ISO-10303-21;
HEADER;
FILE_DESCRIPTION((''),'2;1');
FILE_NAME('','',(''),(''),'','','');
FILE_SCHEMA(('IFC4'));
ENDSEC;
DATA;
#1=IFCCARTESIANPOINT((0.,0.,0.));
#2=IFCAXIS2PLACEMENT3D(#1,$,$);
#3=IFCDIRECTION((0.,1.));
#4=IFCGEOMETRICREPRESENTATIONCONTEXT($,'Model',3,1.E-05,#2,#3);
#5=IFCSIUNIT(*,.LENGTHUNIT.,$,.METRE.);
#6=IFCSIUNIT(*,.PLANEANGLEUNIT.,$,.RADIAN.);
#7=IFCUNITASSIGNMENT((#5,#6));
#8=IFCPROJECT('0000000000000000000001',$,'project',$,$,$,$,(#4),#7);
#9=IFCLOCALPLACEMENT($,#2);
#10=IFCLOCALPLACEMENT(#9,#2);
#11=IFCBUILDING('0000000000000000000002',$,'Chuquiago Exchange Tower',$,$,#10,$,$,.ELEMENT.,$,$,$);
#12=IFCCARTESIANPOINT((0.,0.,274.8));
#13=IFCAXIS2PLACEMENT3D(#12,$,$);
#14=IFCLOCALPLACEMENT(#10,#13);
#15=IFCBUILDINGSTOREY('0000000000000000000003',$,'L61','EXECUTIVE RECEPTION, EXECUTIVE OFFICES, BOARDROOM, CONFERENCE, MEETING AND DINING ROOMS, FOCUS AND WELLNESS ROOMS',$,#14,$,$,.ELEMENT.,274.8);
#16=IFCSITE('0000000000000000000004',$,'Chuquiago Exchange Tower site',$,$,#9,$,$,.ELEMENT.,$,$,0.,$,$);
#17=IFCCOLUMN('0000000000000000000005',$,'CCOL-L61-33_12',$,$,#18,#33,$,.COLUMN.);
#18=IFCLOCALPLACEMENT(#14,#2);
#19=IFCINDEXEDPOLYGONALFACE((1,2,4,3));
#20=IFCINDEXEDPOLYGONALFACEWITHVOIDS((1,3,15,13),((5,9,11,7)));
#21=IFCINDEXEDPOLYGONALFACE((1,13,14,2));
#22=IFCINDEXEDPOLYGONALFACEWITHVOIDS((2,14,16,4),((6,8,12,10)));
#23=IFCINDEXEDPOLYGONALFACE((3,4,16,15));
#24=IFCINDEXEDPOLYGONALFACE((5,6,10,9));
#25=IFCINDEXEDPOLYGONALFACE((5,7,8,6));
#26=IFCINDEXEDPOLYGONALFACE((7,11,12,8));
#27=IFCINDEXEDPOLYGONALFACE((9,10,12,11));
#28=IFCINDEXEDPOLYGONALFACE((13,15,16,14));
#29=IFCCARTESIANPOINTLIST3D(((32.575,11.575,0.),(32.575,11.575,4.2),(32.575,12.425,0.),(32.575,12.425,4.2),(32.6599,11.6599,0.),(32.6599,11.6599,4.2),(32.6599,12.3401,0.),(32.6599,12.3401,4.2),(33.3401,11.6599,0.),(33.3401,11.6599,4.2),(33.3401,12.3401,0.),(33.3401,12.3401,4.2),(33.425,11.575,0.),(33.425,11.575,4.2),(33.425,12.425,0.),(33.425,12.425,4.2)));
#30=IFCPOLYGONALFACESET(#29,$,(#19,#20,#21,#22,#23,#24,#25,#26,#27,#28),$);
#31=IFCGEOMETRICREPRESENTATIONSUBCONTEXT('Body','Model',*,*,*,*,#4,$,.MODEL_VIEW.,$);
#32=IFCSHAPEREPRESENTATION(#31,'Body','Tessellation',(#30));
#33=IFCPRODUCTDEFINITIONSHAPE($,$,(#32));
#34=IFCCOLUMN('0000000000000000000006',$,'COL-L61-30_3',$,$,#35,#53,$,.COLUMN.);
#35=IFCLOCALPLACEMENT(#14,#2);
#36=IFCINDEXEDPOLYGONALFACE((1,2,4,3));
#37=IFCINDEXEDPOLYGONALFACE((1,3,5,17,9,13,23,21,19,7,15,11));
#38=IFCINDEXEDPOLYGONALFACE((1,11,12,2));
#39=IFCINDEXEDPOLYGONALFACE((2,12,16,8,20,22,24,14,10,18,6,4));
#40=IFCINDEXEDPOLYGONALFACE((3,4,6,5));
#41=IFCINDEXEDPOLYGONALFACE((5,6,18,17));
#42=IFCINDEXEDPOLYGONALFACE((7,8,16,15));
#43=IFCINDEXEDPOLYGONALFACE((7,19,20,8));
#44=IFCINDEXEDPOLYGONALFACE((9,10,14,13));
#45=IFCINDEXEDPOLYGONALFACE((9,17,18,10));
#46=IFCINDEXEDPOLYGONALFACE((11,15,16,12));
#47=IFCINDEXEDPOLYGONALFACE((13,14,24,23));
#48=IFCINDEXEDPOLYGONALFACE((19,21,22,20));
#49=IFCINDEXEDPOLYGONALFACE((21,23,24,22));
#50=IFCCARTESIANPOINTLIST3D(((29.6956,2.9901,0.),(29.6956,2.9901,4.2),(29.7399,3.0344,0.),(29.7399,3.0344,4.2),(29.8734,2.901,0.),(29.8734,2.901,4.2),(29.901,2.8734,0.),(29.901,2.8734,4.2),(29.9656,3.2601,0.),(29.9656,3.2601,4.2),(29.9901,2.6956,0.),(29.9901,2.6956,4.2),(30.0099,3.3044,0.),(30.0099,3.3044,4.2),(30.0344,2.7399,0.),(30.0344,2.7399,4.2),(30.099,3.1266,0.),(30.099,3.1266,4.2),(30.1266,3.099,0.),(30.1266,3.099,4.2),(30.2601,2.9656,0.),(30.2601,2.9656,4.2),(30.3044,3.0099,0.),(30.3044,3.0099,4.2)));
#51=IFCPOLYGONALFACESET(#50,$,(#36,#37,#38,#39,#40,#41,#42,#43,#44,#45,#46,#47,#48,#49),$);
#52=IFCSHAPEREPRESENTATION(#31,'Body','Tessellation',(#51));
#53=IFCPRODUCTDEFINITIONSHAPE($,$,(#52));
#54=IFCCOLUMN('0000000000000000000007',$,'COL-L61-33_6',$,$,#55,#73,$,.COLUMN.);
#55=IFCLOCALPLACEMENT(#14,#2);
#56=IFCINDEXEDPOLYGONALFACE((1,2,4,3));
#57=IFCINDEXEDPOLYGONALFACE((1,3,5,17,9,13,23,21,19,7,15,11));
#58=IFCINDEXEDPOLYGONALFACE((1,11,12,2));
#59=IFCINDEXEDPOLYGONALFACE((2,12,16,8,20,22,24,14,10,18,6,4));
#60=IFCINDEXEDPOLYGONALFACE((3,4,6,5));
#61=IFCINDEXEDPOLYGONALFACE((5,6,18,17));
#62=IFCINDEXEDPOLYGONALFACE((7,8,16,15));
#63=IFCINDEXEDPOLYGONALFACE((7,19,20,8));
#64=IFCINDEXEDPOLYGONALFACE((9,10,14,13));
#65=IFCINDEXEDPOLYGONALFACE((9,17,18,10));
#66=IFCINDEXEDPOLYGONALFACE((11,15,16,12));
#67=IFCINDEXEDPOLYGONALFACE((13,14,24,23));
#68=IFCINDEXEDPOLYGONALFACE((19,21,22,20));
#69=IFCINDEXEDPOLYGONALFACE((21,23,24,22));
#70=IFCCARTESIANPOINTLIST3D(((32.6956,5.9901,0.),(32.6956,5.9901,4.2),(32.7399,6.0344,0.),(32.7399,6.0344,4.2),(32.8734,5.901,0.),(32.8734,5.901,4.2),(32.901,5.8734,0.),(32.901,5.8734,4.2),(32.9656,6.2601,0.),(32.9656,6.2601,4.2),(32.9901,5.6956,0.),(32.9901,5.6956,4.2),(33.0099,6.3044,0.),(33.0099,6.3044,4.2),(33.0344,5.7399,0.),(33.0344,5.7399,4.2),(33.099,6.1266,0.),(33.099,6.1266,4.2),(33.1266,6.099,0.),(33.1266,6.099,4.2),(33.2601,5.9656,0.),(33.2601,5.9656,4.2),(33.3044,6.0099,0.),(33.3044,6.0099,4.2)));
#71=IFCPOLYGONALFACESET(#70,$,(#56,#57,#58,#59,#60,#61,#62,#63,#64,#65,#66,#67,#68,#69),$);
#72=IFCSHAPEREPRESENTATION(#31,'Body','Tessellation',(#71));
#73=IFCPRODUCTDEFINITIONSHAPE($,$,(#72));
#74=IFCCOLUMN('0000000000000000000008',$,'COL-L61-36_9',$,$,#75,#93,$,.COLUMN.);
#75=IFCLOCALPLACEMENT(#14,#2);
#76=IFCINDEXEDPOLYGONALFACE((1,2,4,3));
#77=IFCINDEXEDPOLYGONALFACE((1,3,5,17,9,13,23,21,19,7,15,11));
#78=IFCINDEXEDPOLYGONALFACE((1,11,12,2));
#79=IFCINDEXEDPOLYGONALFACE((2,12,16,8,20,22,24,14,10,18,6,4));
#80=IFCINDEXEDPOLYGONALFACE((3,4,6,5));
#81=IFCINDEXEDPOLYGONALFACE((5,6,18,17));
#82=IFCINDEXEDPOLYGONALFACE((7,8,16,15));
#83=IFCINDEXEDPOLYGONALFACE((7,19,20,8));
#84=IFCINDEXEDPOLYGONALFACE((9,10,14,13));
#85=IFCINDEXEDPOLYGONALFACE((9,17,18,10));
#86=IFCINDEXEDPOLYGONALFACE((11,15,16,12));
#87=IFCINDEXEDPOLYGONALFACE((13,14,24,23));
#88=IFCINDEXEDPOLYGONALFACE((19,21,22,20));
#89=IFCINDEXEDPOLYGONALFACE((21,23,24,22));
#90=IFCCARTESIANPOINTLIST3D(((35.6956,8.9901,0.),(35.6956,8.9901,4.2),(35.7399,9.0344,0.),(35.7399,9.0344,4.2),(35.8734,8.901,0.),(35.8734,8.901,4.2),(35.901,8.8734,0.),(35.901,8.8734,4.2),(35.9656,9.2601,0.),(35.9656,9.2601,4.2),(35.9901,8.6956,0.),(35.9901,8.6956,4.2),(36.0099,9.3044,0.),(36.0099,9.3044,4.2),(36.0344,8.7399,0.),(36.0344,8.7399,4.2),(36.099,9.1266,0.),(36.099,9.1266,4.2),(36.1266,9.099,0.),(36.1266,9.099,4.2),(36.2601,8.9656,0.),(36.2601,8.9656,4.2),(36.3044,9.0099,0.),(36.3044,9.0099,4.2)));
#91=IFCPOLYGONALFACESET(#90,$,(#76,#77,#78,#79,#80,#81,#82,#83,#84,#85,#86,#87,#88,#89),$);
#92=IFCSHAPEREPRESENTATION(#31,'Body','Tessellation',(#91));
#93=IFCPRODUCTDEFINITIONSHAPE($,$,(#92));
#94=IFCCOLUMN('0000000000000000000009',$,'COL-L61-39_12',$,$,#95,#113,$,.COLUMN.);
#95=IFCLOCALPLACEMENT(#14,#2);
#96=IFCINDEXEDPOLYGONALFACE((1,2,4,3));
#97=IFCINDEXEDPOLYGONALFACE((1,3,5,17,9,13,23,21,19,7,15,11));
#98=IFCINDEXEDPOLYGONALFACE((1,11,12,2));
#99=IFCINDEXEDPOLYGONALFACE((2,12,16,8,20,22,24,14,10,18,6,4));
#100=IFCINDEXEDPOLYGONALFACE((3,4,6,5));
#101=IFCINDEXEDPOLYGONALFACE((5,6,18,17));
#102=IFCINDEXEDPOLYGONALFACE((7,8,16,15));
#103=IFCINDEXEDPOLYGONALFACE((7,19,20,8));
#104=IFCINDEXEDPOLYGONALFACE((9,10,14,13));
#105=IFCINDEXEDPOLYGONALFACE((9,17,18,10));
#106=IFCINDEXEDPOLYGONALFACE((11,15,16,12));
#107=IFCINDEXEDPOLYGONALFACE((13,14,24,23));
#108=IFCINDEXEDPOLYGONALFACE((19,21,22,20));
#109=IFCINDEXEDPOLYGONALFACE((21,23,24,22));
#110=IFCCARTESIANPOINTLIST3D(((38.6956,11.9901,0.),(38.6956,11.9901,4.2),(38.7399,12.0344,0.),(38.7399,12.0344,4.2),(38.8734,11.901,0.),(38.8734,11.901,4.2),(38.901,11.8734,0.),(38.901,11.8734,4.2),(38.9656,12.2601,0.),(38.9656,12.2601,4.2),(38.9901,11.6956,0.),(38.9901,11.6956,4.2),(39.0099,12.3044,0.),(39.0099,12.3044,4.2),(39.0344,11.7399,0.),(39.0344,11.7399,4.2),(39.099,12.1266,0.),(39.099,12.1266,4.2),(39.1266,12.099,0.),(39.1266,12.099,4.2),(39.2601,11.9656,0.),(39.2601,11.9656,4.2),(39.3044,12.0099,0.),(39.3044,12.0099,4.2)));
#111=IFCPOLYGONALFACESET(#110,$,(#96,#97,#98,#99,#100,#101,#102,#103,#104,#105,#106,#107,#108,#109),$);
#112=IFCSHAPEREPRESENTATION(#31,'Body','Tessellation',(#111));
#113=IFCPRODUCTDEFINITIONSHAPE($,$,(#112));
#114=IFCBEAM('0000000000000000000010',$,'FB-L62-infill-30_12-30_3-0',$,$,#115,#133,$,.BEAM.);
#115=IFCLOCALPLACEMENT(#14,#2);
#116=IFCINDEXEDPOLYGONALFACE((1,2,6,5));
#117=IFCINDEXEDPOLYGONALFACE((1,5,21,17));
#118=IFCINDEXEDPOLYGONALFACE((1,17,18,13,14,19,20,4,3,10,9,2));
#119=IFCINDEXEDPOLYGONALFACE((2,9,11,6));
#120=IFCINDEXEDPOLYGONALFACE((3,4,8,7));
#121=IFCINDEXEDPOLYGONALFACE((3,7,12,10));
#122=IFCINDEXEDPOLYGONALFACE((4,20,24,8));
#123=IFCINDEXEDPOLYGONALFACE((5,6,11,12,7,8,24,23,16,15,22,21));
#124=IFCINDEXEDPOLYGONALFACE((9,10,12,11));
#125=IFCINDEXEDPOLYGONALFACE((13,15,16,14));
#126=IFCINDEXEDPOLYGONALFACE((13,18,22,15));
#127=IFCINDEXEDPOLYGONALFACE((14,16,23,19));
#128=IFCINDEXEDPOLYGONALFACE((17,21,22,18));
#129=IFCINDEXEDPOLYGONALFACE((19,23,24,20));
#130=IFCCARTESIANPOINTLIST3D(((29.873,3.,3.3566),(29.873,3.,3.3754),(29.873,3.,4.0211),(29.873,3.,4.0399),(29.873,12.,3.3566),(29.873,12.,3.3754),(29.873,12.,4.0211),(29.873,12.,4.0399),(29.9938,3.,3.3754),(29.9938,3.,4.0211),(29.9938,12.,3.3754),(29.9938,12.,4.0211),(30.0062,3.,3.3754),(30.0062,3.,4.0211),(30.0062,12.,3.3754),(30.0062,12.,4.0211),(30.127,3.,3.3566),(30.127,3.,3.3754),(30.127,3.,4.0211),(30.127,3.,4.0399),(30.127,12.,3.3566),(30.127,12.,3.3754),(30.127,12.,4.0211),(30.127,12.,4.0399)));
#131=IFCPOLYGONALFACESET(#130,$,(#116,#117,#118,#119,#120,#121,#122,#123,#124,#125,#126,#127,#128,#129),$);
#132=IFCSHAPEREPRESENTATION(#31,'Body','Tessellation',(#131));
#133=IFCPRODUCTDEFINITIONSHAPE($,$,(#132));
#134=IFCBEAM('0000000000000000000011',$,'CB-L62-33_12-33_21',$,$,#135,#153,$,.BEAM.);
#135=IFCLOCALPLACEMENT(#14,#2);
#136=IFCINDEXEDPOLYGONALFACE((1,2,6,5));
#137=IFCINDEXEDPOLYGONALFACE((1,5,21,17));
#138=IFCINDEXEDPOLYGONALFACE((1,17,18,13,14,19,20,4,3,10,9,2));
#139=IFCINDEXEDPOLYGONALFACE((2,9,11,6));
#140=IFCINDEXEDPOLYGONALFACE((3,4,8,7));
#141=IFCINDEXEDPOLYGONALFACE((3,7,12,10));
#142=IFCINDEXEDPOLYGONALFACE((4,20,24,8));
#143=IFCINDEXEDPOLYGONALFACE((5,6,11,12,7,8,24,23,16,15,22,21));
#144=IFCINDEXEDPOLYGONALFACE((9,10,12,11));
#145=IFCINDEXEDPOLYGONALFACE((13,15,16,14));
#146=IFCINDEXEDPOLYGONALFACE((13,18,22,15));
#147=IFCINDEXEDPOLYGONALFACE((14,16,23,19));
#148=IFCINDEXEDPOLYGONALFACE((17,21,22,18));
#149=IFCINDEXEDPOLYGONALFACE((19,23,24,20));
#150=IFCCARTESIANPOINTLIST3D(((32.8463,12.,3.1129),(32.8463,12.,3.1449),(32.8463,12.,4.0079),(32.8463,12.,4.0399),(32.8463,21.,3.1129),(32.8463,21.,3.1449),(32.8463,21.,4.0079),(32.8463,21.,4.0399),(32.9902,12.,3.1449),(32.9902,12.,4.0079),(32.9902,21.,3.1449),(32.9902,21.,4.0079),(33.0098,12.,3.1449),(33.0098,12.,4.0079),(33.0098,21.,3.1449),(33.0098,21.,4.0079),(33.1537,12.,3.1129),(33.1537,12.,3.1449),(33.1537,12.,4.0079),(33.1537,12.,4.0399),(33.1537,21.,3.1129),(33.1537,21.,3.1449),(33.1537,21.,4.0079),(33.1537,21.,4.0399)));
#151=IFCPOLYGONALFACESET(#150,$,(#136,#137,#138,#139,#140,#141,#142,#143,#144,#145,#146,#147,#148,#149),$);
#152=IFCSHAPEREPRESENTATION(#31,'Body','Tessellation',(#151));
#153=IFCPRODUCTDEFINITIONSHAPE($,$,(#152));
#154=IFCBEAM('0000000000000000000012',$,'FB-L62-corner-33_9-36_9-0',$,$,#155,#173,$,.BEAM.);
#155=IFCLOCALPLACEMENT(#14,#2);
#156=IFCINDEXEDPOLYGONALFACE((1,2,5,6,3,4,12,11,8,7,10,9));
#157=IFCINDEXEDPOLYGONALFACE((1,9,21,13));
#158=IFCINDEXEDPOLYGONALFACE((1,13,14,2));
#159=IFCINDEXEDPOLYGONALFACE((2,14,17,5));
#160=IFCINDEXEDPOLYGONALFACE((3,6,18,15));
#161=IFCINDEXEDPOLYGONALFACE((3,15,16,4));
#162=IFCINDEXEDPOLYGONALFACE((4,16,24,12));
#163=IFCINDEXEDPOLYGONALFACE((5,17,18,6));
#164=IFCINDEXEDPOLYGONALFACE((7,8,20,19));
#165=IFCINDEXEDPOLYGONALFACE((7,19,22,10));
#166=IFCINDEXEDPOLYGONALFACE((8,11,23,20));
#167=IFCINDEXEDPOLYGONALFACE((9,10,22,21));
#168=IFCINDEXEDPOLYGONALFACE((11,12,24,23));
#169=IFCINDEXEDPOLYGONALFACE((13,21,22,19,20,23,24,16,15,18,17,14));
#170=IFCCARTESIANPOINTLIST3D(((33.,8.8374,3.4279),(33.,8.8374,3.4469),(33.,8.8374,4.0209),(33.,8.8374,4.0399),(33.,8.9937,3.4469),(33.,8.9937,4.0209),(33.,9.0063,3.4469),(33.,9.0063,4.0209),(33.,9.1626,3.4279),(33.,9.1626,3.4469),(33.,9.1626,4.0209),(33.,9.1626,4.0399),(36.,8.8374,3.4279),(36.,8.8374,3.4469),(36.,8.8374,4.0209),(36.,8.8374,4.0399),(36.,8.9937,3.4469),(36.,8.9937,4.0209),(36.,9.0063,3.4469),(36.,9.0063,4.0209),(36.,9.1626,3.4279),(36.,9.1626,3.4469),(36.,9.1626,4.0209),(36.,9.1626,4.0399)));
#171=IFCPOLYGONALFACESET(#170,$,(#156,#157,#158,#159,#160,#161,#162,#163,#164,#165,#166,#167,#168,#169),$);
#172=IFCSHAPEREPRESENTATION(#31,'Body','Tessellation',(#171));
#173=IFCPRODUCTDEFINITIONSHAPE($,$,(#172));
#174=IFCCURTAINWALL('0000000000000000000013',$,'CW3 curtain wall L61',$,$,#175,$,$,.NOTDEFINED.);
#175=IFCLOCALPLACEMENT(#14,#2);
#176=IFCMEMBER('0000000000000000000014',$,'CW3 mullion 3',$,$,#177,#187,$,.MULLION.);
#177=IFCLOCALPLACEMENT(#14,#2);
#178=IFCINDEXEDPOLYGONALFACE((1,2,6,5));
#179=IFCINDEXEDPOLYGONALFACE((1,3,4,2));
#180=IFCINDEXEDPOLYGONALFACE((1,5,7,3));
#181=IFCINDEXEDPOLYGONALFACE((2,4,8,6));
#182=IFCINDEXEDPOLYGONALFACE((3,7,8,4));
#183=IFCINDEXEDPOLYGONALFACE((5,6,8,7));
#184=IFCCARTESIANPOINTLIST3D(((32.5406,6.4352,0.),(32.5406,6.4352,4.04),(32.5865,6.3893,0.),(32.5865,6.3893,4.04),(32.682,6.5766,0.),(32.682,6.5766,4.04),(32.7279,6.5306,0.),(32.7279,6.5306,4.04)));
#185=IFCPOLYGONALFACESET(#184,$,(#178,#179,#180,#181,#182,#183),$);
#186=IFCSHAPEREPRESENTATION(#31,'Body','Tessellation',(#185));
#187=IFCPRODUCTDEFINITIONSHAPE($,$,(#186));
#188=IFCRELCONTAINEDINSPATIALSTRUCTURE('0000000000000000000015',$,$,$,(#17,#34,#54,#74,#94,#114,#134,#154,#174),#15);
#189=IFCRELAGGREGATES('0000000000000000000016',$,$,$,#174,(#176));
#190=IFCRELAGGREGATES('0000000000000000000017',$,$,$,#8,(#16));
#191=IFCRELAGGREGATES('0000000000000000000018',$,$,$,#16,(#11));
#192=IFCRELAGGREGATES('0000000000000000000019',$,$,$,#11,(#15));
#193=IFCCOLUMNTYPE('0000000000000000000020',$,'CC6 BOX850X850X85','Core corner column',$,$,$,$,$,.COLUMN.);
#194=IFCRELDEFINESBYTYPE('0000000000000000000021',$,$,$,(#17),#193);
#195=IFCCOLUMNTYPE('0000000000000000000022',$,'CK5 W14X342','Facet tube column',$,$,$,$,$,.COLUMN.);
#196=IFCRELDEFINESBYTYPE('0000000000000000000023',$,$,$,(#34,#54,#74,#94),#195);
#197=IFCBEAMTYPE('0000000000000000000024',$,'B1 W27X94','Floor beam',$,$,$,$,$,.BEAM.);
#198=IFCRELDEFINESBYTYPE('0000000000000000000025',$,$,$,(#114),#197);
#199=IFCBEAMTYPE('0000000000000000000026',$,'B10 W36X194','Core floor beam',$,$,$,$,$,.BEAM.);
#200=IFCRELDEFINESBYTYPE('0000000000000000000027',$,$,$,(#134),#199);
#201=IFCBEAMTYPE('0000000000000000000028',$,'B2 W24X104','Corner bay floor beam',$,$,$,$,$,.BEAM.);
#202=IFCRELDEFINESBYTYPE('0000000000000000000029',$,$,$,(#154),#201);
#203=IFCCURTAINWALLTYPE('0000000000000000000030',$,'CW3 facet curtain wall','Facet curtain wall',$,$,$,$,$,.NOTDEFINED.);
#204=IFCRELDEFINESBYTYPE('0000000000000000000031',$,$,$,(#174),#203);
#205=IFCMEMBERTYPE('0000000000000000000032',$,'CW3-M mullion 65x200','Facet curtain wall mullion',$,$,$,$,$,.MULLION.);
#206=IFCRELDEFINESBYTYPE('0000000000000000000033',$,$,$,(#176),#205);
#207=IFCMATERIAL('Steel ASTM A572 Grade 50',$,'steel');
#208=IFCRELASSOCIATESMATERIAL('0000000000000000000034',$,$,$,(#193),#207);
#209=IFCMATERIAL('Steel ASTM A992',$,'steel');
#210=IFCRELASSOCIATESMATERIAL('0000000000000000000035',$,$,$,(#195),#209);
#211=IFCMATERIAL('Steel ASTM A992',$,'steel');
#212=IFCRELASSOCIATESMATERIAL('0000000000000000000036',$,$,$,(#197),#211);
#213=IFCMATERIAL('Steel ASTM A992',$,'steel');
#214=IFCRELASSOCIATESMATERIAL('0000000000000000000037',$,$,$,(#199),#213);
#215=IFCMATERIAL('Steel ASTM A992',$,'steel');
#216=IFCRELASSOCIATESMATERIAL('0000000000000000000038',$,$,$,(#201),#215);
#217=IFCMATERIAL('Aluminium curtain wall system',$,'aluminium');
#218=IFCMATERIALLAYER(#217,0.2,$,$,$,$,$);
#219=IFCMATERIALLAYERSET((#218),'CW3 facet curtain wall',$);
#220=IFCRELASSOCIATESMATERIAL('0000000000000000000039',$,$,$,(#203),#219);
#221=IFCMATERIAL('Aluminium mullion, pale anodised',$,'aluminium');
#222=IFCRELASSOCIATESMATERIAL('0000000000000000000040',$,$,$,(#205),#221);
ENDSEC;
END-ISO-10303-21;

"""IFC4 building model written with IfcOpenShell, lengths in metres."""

from ifc_helpers import new_model, si_unit, direction, frame, origin, origin_2d, place, context, subcontext, project, spatial, rectangle, hollow_rectangle, i_section, extrude, material, layer, layer_set, material_profile, profile_set, type_object, element, aggregate, save


model = new_model("IFC4")

# Units and contexts
model_context = context("Model", 3, precision=1e-05, world=origin(), true_north=direction((0.0, 1.0)))
body_context = subcontext(model_context, "Body", "Model", "MODEL_VIEW")
ifc_project = project(units=[si_unit("LENGTHUNIT", "METRE"), si_unit("PLANEANGLEUNIT", "RADIAN")], contexts=[model_context])

# Site, building, storey
site_placement = place(None, origin())
site = spatial("IfcSite", under=ifc_project, at=site_placement, Name="Chuquiago Exchange Tower site", CompositionType="ELEMENT", RefElevation=0.0)
building_placement = place(site_placement, origin())
building = spatial("IfcBuilding", under=site, at=building_placement, Name="Chuquiago Exchange Tower", CompositionType="ELEMENT")
storey_placement = place(building_placement, frame((0.0, 0.0, 274.8)))
storey = spatial("IfcBuildingStorey", under=building, at=storey_placement, Name="L61", Description="EXECUTIVE RECEPTION, EXECUTIVE OFFICES, BOARDROOM, CONFERENCE, MEETING AND DINING ROOMS, FOCUS AND WELLNESS ROOMS", CompositionType="ELEMENT", Elevation=274.8)

# Columns
ifc_material_1 = material(Name="Steel ASTM A572 Grade 50", Category="steel")
ifc_material_profile_1 = material_profile(ifc_material_1, hollow_rectangle(XDim=0.8501, YDim=0.8501, WallThickness=0.085, at=origin_2d()), Name="BOX850X850X85")
ifc_profile_set_1 = profile_set([ifc_material_profile_1], Name="Steel ASTM A572 Grade 50")
column_type_1 = type_object("IfcColumnType", Name="CC6 BOX850X850X85", Description="Core corner column", PredefinedType="COLUMN", material=ifc_profile_set_1)
column_placement = place(storey_placement, frame((33.0, 12.0, 0.0), z_axis=(0.0, 0.0, 1.0), x_axis=(1.0, 0.0, 0.0)))
element("IfcColumn", 1, at=column_placement, inside=storey, type_object=column_type_1, Name="CCOL-L61-33_12", PredefinedType="COLUMN", context=body_context, shape_type="SweptSolid", body=[
    extrude(hollow_rectangle(XDim=0.8501, YDim=0.8501, WallThickness=0.085, at=origin_2d()), origin(), (0.0, 0.0, 1.0), 4.2),
])
ifc_material_2 = material(Name="Steel ASTM A992", Category="steel")
ifc_material_profile_2 = material_profile(ifc_material_2, i_section(OverallWidth=0.4165, OverallDepth=0.4446, WebThickness=0.0391, FlangeThickness=0.0627, at=origin_2d()), Name="W14X342")
ifc_profile_set_2 = profile_set([ifc_material_profile_2], Name="Steel ASTM A992")
column_type_2 = type_object("IfcColumnType", Name="CK5 W14X342", Description="Facet tube column", PredefinedType="COLUMN", material=ifc_profile_set_2)
for number, where, z_axis, x_axis, name in (
    (2, (30.0, 3.0, 0.0), (0.0, 0.0, 1.0), (0.707107, -0.707107, 0.0), "COL-L61-30_3"),
    (3, (33.0, 6.0, 0.0), (0.0, 0.0, 1.0), (0.707107, -0.707107, 0.0), "COL-L61-33_6"),
    (4, (36.0, 9.0, 0.0), (0.0, 0.0, 1.0), (0.707107, -0.707107, 0.0), "COL-L61-36_9"),
    (5, (39.0, 12.0, 0.0), (0.0, 0.0, 1.0), (0.707107, -0.707107, 0.0), "COL-L61-39_12"),
):
    element("IfcColumn", number, at=place(storey_placement, frame(where, z_axis=z_axis, x_axis=x_axis)), inside=storey, type_object=column_type_2, Name=name, PredefinedType="COLUMN", context=body_context, shape_type="SweptSolid", body=[
        extrude(i_section(OverallWidth=0.4165, OverallDepth=0.4446, WebThickness=0.0391, FlangeThickness=0.0627, at=origin_2d()), origin(), (0.0, 0.0, 1.0), 4.2),
    ])

# Beams
ifc_material_3 = material(Name="Steel ASTM A992", Category="steel")
ifc_material_profile_3 = material_profile(ifc_material_3, i_section(OverallWidth=0.2539, OverallDepth=0.6833, WebThickness=0.0125, FlangeThickness=0.0188, at=origin_2d()), Name="W27X94")
ifc_profile_set_3 = profile_set([ifc_material_profile_3], Name="Steel ASTM A992")
beam_type_1 = type_object("IfcBeamType", Name="B1 W27X94", Description="Floor beam", PredefinedType="BEAM", material=ifc_profile_set_3)
beam_1_placement = place(storey_placement, frame((30.0, 12.0, 3.6982), z_axis=(0.0, -1.0, 0.0), x_axis=(1.0, 0.0, 0.0)))
element("IfcBeam", 6, at=beam_1_placement, inside=storey, type_object=beam_type_1, Name="FB-L62-infill-30_12-30_3-0", PredefinedType="BEAM", context=body_context, shape_type="SweptSolid", body=[
    extrude(i_section(OverallWidth=0.2539, OverallDepth=0.6833, WebThickness=0.0125, FlangeThickness=0.0188, at=origin_2d()), origin(), (0.0, 0.0, 1.0), 9.0),
])
ifc_material_4 = material(Name="Steel ASTM A992", Category="steel")
ifc_material_profile_4 = material_profile(ifc_material_4, i_section(OverallWidth=0.3074, OverallDepth=0.927, WebThickness=0.0195, FlangeThickness=0.032, at=origin_2d()), Name="W36X194")
ifc_profile_set_4 = profile_set([ifc_material_profile_4], Name="Steel ASTM A992")
beam_type_2 = type_object("IfcBeamType", Name="B10 W36X194", Description="Core floor beam", PredefinedType="BEAM", material=ifc_profile_set_4)
beam_2_placement = place(storey_placement, frame((33.0, 12.0, 3.5764), z_axis=(0.0, 1.0, 0.0), x_axis=(-1.0, 0.0, 0.0)))
element("IfcBeam", 7, at=beam_2_placement, inside=storey, type_object=beam_type_2, Name="CB-L62-33_12-33_21", PredefinedType="BEAM", context=body_context, shape_type="SweptSolid", body=[
    extrude(i_section(OverallWidth=0.3074, OverallDepth=0.927, WebThickness=0.0195, FlangeThickness=0.032, at=origin_2d()), origin(), (0.0, 0.0, 1.0), 9.0),
])
ifc_material_5 = material(Name="Steel ASTM A992", Category="steel")
ifc_material_profile_5 = material_profile(ifc_material_5, i_section(OverallWidth=0.3252, OverallDepth=0.6121, WebThickness=0.0127, FlangeThickness=0.019, at=origin_2d()), Name="W24X104")
ifc_profile_set_5 = profile_set([ifc_material_profile_5], Name="Steel ASTM A992")
beam_type_3 = type_object("IfcBeamType", Name="B2 W24X104", Description="Corner bay floor beam", PredefinedType="BEAM", material=ifc_profile_set_5)
beam_3_placement = place(storey_placement, frame((33.0, 9.0, 3.7339), z_axis=(1.0, 0.0, 0.0), x_axis=(0.0, 1.0, 0.0)))
element("IfcBeam", 8, at=beam_3_placement, inside=storey, type_object=beam_type_3, Name="FB-L62-corner-33_9-36_9-0", PredefinedType="BEAM", context=body_context, shape_type="SweptSolid", body=[
    extrude(i_section(OverallWidth=0.3252, OverallDepth=0.6121, WebThickness=0.0127, FlangeThickness=0.019, at=origin_2d()), origin(), (0.0, 0.0, 1.0), 3.0),
])

# Curtain wall, member
ifc_material_6 = material(Name="Aluminium curtain wall system", Category="aluminium")
ifc_layer_1 = layer(ifc_material_6, 0.2)
ifc_layer_set_1 = layer_set([ifc_layer_1], Name="CW3 facet curtain wall")
curtain_wall_type = type_object("IfcCurtainWallType", Name="CW3 facet curtain wall", Description="Facet curtain wall", PredefinedType="NOTDEFINED", material=ifc_layer_set_1)
curtain_wall_placement = place(storey_placement, origin())
curtain_wall = element("IfcCurtainWall", 9, at=curtain_wall_placement, inside=storey, type_object=curtain_wall_type, Name="CW3 curtain wall L61", PredefinedType="NOTDEFINED")
ifc_material_7 = material(Name="Aluminium mullion, pale anodised", Category="aluminium")
ifc_material_profile_6 = material_profile(ifc_material_7, rectangle(XDim=0.0649, YDim=0.2, at=origin_2d()), Name="AL 65x200")
ifc_profile_set_6 = profile_set([ifc_material_profile_6], Name="Aluminium mullion, pale anodised")
member_type_1 = type_object("IfcMemberType", Name="CW3-M mullion 65x200", Description="Facet curtain wall mullion", PredefinedType="MULLION", material=ifc_profile_set_6)
member_1_placement = place(storey_placement, frame((32.6343, 6.4829, 0.0), z_axis=(0.0, 0.0, 1.0), x_axis=(-0.707107, 0.707107, 0.0)))
member_1 = element("IfcMember", 10, at=member_1_placement, type_object=member_type_1, Name="CW3 mullion 3", PredefinedType="MULLION", context=body_context, shape_type="SweptSolid", body=[
    extrude(rectangle(XDim=0.0649, YDim=0.2, at=origin_2d()), origin(), (0.0, 0.0, 1.0), 4.04),
])

aggregate(curtain_wall, [member_1])

save(model, "model.ifc")
